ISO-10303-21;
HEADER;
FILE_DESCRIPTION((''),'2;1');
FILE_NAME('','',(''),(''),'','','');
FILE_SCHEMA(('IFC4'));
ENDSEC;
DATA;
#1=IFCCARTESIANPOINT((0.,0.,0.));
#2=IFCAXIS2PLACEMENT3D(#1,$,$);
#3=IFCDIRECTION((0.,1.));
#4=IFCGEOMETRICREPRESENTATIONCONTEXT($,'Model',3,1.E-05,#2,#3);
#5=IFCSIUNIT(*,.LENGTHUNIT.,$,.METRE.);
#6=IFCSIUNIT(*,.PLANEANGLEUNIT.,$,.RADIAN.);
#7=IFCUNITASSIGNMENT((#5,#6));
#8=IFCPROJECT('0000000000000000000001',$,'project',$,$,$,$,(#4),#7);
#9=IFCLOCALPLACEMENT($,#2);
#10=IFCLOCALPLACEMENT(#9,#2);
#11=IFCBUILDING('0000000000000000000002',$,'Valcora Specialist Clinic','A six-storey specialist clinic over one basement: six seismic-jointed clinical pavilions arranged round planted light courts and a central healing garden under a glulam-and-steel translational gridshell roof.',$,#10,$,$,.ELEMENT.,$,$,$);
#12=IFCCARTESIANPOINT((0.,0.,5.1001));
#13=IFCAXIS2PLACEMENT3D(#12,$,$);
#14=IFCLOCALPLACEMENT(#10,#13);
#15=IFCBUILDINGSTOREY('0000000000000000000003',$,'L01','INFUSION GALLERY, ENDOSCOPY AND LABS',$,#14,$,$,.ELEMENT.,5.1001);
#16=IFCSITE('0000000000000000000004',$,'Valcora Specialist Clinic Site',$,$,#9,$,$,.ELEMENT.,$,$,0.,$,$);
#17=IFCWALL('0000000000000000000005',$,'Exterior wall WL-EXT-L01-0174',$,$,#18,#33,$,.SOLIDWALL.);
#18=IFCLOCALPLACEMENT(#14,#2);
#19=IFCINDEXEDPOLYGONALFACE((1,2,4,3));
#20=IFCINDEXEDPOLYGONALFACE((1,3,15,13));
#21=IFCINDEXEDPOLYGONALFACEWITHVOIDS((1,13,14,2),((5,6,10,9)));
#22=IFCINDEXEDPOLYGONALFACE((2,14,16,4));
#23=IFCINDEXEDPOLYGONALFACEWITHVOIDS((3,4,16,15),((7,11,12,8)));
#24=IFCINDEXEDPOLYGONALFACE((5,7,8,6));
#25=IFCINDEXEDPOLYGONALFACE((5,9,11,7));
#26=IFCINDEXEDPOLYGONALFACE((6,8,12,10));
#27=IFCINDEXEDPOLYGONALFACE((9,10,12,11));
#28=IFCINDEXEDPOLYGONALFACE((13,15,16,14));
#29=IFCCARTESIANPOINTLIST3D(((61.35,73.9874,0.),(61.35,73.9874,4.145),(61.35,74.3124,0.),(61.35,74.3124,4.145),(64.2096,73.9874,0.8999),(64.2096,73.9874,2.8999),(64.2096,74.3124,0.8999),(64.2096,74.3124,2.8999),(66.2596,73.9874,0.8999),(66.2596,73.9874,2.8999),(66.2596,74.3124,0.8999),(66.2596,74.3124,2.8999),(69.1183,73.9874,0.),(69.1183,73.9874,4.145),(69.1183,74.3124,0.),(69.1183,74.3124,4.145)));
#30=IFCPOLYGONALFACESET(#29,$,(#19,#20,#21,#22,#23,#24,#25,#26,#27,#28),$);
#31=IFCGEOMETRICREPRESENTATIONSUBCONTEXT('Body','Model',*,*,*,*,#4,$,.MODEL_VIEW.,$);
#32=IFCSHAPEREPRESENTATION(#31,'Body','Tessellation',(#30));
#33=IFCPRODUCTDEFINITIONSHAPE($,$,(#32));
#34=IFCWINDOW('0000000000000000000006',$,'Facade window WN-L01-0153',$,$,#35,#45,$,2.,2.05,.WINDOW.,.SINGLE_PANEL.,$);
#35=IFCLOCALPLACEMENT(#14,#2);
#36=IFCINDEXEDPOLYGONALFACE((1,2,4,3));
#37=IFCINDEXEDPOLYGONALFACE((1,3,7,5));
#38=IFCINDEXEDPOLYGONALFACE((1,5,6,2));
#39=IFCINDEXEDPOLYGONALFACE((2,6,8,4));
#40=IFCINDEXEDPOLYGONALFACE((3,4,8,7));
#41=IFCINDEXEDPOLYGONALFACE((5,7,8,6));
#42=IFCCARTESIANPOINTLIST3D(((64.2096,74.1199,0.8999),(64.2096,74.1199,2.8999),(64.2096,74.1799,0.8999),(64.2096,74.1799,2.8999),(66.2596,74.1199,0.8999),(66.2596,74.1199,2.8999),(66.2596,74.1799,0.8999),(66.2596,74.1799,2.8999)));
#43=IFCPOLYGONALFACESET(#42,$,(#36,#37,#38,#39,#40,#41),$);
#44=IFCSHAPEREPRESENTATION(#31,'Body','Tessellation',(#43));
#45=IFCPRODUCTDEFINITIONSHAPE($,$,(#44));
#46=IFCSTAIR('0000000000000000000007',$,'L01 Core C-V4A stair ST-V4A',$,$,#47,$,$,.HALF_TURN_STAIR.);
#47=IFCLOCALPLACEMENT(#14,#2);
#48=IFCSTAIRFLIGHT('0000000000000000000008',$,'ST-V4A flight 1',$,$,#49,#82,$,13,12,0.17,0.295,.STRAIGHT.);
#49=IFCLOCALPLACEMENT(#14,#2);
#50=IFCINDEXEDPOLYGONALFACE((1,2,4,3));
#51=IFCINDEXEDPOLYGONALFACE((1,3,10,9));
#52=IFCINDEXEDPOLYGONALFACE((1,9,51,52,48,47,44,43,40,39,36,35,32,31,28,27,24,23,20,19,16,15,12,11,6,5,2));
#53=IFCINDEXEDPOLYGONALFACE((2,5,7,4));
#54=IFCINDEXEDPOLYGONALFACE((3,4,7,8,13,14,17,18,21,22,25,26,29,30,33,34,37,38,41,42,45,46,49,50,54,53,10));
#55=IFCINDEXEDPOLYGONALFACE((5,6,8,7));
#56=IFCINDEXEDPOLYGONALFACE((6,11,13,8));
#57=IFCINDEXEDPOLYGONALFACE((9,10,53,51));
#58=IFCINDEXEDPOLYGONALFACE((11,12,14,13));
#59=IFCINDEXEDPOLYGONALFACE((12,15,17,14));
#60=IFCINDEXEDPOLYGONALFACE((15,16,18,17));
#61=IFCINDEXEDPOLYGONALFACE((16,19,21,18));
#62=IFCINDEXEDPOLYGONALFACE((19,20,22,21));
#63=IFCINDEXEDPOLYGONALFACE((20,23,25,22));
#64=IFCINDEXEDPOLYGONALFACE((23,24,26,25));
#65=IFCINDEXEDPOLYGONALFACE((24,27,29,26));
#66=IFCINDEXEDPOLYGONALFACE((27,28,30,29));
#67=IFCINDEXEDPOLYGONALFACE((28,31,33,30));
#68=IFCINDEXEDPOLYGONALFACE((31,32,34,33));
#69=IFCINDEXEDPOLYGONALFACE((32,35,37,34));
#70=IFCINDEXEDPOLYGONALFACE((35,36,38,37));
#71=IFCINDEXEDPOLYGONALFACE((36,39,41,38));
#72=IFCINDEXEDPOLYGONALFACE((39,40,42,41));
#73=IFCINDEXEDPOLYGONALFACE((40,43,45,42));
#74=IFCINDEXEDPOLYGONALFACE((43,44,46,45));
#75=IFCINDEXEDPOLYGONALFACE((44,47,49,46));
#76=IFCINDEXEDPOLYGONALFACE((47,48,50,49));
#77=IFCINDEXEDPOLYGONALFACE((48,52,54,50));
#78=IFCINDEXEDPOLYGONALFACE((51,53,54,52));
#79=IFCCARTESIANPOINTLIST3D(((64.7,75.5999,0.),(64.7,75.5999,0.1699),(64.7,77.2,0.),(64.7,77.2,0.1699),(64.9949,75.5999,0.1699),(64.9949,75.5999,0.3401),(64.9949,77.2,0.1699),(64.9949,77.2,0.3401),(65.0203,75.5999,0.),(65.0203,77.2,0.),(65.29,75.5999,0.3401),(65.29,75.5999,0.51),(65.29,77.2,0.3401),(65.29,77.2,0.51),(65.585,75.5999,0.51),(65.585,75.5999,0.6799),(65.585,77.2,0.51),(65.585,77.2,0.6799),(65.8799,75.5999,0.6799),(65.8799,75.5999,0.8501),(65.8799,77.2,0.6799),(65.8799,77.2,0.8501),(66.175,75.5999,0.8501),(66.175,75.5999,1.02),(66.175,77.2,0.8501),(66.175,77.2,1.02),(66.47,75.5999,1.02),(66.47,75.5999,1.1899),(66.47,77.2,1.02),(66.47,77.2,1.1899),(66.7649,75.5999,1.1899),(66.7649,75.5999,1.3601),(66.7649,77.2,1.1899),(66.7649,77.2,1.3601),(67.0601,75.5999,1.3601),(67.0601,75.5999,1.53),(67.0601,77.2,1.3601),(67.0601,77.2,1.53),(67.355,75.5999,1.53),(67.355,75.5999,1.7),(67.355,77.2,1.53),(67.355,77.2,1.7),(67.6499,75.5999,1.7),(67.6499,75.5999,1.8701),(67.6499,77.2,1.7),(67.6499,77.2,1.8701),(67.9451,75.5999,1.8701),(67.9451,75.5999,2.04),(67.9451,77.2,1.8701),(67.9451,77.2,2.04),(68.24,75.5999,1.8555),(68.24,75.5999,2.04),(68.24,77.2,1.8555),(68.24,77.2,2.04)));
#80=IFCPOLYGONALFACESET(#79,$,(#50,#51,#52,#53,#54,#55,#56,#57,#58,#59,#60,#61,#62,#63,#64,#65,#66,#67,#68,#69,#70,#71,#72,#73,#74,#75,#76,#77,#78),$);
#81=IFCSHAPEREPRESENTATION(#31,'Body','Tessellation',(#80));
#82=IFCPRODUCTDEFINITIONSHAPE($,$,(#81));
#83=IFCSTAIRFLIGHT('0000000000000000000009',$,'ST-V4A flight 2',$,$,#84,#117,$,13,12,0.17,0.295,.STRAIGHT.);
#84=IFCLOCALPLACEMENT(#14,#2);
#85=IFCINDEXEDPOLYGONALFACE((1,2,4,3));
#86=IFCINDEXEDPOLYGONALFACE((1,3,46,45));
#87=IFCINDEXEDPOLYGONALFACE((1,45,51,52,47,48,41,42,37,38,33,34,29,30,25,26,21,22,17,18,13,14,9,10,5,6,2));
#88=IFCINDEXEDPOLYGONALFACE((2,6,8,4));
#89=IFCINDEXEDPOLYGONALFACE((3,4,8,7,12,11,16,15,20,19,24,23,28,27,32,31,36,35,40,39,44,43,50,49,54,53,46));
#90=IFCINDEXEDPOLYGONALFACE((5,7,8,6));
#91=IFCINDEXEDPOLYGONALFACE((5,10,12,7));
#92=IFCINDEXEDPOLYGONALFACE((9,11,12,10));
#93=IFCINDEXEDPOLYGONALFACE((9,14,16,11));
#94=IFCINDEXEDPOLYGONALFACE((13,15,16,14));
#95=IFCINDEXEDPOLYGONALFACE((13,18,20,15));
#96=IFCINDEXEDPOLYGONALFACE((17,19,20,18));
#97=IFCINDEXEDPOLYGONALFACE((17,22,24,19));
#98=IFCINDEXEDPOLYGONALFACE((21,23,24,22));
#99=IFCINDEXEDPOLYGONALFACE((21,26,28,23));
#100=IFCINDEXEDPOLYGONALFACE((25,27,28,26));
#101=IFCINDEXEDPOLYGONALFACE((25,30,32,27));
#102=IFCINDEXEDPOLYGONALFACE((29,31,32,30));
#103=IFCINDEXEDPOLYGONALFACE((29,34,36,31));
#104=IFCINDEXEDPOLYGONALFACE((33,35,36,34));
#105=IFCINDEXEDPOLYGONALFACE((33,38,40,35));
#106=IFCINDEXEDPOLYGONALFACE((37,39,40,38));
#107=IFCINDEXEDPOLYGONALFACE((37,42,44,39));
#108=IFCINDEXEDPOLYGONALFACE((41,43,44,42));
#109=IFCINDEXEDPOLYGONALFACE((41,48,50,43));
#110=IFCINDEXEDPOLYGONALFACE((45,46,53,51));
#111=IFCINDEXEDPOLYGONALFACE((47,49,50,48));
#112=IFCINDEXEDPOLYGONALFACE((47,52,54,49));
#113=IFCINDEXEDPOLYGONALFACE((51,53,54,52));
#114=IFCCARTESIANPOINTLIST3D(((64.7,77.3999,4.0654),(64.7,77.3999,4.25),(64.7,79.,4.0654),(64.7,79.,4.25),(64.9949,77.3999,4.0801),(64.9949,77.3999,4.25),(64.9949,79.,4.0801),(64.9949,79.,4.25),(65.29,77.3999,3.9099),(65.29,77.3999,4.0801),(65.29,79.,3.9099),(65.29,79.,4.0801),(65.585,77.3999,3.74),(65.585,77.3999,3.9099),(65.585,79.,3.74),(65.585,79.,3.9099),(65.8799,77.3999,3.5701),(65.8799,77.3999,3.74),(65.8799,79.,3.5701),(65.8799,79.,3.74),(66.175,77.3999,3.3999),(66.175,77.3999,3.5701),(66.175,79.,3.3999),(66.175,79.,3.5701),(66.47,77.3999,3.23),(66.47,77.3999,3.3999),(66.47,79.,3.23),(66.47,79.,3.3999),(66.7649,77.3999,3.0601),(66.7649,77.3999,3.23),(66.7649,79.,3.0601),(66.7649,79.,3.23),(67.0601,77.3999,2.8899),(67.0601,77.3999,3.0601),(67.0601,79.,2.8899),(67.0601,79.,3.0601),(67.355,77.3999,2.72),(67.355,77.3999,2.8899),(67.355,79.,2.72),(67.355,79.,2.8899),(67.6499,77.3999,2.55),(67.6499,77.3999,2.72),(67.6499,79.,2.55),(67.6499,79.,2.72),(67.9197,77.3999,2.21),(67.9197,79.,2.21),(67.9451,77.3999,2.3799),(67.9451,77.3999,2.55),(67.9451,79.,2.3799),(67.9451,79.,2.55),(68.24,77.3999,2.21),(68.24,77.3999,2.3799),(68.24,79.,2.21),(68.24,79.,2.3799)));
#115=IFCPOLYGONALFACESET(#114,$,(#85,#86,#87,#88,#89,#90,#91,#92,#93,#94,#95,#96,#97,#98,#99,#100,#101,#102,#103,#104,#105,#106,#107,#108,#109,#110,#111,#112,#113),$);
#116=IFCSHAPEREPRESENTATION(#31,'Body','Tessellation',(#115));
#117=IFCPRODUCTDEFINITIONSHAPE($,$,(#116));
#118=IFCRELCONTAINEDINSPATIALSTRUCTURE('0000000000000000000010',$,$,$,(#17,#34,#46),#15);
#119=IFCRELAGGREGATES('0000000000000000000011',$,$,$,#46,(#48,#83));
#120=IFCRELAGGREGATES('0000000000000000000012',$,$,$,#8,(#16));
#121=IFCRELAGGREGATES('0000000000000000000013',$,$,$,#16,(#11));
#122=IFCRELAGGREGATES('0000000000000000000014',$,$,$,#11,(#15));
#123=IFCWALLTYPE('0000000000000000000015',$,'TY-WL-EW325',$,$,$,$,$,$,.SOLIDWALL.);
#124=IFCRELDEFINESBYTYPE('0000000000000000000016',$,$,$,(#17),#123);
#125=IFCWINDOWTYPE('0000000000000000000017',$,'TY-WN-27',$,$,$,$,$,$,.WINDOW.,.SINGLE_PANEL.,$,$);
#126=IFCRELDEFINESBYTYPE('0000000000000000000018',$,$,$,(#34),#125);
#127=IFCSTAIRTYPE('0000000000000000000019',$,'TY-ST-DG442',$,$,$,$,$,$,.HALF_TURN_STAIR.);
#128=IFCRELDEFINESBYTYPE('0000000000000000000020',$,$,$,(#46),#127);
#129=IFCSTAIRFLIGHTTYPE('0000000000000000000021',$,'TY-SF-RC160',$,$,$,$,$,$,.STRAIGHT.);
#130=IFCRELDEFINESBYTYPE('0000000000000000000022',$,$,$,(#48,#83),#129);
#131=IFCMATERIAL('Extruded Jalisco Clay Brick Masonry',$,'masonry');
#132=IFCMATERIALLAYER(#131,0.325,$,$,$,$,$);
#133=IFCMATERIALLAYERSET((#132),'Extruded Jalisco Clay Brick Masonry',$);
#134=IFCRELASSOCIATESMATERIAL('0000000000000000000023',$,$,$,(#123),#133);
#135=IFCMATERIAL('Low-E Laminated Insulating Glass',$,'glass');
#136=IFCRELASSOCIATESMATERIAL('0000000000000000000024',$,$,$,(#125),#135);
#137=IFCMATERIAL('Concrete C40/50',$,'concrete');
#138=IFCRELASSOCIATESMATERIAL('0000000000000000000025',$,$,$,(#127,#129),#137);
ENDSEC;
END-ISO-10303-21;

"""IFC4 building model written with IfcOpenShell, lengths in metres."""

from ifc_helpers import new_model, si_unit, direction, frame, frame_2d, origin, place, context, subcontext, project, spatial, polyline, rectangle, outline, extrude, material, layer, layer_set, type_object, element, fill, aggregate, save


model = new_model("IFC4")

# Units and contexts
model_context = context("Model", 3, precision=1e-05, world=origin(), true_north=direction((0.0, 1.0)))
body_context = subcontext(model_context, "Body", "Model", "MODEL_VIEW")
ifc_project = project(units=[si_unit("LENGTHUNIT", "METRE"), si_unit("PLANEANGLEUNIT", "RADIAN")], contexts=[model_context])

# Site, building, storey
site_placement = place(None, origin())
site = spatial("IfcSite", under=ifc_project, at=site_placement, Name="Valcora Specialist Clinic Site", CompositionType="ELEMENT", RefElevation=0.0)
building_placement = place(site_placement, origin())
building = spatial("IfcBuilding", under=site, at=building_placement, Name="Valcora Specialist Clinic", Description="A six-storey specialist clinic over one basement: six seismic-jointed clinical pavilions arranged round planted light courts and a central healing garden under a glulam-and-steel translational gridshell roof.", CompositionType="ELEMENT")
storey_placement = place(building_placement, frame((0.0, 0.0, 5.1001)))
storey = spatial("IfcBuildingStorey", under=building, at=storey_placement, Name="L01", Description="INFUSION GALLERY, ENDOSCOPY AND LABS", CompositionType="ELEMENT", Elevation=5.1001)

# Shared definitions
ifc_material_1 = material(Name="Concrete C40/50", Category="concrete")

# Shared definitions
ifc_material_2 = material(Name="Low-E Laminated Insulating Glass", Category="glass")

# Wall, opening, window
ifc_material_3 = material(Name="Extruded Jalisco Clay Brick Masonry", Category="masonry")
ifc_layer_1 = layer(ifc_material_3, 0.325)
ifc_layer_set_1 = layer_set([ifc_layer_1], Name="Extruded Jalisco Clay Brick Masonry")
wall_type_1 = type_object("IfcWallType", Name="TY-WL-EW325", PredefinedType="SOLIDWALL", material=ifc_layer_set_1)
wall_1_placement = place(storey_placement, frame((69.1184, 74.1499, 0.0), z_axis=(0.0, 0.0, 1.0), x_axis=(-1.0, 0.0, 0.0)))
wall_1 = element("IfcWall", 1, at=wall_1_placement, inside=storey, type_object=wall_type_1, Name="Exterior wall WL-EXT-L01-0174", PredefinedType="SOLIDWALL", context=body_context, shape_type="SweptSolid", body=[
    extrude(rectangle(XDim=7.7683, YDim=0.325, at=frame_2d((3.8843, 0.0))), origin(), (0.0, 0.0, 1.0), 4.145),
])
opening_1_placement = place(wall_1_placement, frame((2.8589, 0.0, 0.8999)))
opening_1 = element("IfcOpeningElement", 2, at=opening_1_placement, cuts=wall_1, PredefinedType="OPENING", context=body_context, shape_type="SweptSolid", body=[
    extrude(rectangle(XDim=2.05, YDim=2.0, at=frame_2d((1.0249, 1.0))), frame((0.0, 0.1724, 0.0), z_axis=(0.0, -1.0, 0.0), x_axis=(1.0, 0.0, 0.0)), (0.0, 0.0, 1.0), 0.345),
])
window_type_1 = type_object("IfcWindowType", Name="TY-WN-27", PartitioningType="SINGLE_PANEL", PredefinedType="WINDOW", material=ifc_material_2)
window_1_placement = place(opening_1_placement, origin())
window_1 = element("IfcWindow", 3, at=window_1_placement, inside=storey, type_object=window_type_1, Name="Facade window WN-L01-0153", OverallHeight=2.0, OverallWidth=2.05, PartitioningType="SINGLE_PANEL", PredefinedType="WINDOW", context=body_context, shape_type="SweptSolid", body=[
    extrude(rectangle(XDim=2.05, YDim=2.0, at=frame_2d((1.0249, 1.0))), frame((0.0, 0.03, 0.0), z_axis=(0.0, -1.0, 0.0), x_axis=(1.0, 0.0, 0.0)), (0.0, 0.0, 1.0), 0.0601),
])
fill(opening_1, window_1)

# Stair, stair flights
stair_type = type_object("IfcStairType", Name="TY-ST-DG442", PredefinedType="HALF_TURN_STAIR", material=ifc_material_1)
stair_placement = place(storey_placement, origin())
stair = element("IfcStair", 4, at=stair_placement, inside=storey, type_object=stair_type, Name="L01 Core C-V4A stair ST-V4A", PredefinedType="HALF_TURN_STAIR")
stair_flight_type = type_object("IfcStairFlightType", Name="TY-SF-RC160", PredefinedType="STRAIGHT", material=ifc_material_1)
stair_flight_1_placement = place(storey_placement, frame((64.7, 76.3999, 0.0), z_axis=(0.0, 0.0, 1.0), x_axis=(1.0, 0.0, 0.0)))
stair_flight_1 = element("IfcStairFlight", 5, at=stair_flight_1_placement, type_object=stair_flight_type, Name="ST-V4A flight 1", NumberOfRisers=13, NumberOfTreads=12, PredefinedType="STRAIGHT", RiserHeight=0.17, TreadLength=0.295, context=body_context, shape_type="SweptSolid", body=[
    extrude(outline(polyline([(0.0, 0.0), (0.0, 0.1699), (0.2949, 0.1699), (0.2949, 0.3401), (0.5901, 0.3401), (0.5901, 0.51), (0.885, 0.51), (0.885, 0.6799), (1.1799, 0.6799), (1.1799, 0.8501), (1.4751, 0.8501), (1.4751, 1.02), (1.77, 1.02), (1.77, 1.1899), (2.0649, 1.1899), (2.0649, 1.3601), (2.3601, 1.3601), (2.3601, 1.53), (2.655, 1.53), (2.655, 1.7), (2.95, 1.7), (2.95, 1.8701), (3.2451, 1.8701), (3.2451, 2.04), (3.54, 2.04), (3.54, 2.21), (3.54, 1.8555), (0.3203, 0.0), (0.0, 0.0)])), frame((0.0, 0.8, 0.0), z_axis=(0.0, -1.0, 0.0), x_axis=(1.0, 0.0, 0.0)), (0.0, 0.0, 1.0), 1.6001),
])
stair_flight_2_placement = place(storey_placement, frame((68.24, 78.2, 2.21), z_axis=(0.0, 0.0, 1.0), x_axis=(-1.0, 0.0, 0.0)))
stair_flight_2 = element("IfcStairFlight", 6, at=stair_flight_2_placement, type_object=stair_flight_type, Name="ST-V4A flight 2", NumberOfRisers=13, NumberOfTreads=12, PredefinedType="STRAIGHT", RiserHeight=0.17, TreadLength=0.295, context=body_context, shape_type="SweptSolid", body=[
    extrude(outline(polyline([(0.0, 0.0), (0.0, 0.1699), (0.2949, 0.1699), (0.2949, 0.3401), (0.5901, 0.3401), (0.5901, 0.51), (0.885, 0.51), (0.885, 0.6799), (1.1799, 0.6799), (1.1799, 0.8501), (1.4751, 0.8501), (1.4751, 1.02), (1.77, 1.02), (1.77, 1.1899), (2.0649, 1.1899), (2.0649, 1.3601), (2.3601, 1.3601), (2.3601, 1.53), (2.655, 1.53), (2.655, 1.7), (2.95, 1.7), (2.95, 1.8701), (3.2451, 1.8701), (3.2451, 2.04), (3.54, 2.04), (3.54, 2.21), (3.54, 1.8555), (0.3203, 0.0), (0.0, 0.0)])), frame((0.0, 0.8, 0.0), z_axis=(0.0, -1.0, 0.0), x_axis=(1.0, 0.0, 0.0)), (0.0, 0.0, 1.0), 1.6001),
])
aggregate(stair, [stair_flight_1, stair_flight_2])

save(model, "model.ifc")
